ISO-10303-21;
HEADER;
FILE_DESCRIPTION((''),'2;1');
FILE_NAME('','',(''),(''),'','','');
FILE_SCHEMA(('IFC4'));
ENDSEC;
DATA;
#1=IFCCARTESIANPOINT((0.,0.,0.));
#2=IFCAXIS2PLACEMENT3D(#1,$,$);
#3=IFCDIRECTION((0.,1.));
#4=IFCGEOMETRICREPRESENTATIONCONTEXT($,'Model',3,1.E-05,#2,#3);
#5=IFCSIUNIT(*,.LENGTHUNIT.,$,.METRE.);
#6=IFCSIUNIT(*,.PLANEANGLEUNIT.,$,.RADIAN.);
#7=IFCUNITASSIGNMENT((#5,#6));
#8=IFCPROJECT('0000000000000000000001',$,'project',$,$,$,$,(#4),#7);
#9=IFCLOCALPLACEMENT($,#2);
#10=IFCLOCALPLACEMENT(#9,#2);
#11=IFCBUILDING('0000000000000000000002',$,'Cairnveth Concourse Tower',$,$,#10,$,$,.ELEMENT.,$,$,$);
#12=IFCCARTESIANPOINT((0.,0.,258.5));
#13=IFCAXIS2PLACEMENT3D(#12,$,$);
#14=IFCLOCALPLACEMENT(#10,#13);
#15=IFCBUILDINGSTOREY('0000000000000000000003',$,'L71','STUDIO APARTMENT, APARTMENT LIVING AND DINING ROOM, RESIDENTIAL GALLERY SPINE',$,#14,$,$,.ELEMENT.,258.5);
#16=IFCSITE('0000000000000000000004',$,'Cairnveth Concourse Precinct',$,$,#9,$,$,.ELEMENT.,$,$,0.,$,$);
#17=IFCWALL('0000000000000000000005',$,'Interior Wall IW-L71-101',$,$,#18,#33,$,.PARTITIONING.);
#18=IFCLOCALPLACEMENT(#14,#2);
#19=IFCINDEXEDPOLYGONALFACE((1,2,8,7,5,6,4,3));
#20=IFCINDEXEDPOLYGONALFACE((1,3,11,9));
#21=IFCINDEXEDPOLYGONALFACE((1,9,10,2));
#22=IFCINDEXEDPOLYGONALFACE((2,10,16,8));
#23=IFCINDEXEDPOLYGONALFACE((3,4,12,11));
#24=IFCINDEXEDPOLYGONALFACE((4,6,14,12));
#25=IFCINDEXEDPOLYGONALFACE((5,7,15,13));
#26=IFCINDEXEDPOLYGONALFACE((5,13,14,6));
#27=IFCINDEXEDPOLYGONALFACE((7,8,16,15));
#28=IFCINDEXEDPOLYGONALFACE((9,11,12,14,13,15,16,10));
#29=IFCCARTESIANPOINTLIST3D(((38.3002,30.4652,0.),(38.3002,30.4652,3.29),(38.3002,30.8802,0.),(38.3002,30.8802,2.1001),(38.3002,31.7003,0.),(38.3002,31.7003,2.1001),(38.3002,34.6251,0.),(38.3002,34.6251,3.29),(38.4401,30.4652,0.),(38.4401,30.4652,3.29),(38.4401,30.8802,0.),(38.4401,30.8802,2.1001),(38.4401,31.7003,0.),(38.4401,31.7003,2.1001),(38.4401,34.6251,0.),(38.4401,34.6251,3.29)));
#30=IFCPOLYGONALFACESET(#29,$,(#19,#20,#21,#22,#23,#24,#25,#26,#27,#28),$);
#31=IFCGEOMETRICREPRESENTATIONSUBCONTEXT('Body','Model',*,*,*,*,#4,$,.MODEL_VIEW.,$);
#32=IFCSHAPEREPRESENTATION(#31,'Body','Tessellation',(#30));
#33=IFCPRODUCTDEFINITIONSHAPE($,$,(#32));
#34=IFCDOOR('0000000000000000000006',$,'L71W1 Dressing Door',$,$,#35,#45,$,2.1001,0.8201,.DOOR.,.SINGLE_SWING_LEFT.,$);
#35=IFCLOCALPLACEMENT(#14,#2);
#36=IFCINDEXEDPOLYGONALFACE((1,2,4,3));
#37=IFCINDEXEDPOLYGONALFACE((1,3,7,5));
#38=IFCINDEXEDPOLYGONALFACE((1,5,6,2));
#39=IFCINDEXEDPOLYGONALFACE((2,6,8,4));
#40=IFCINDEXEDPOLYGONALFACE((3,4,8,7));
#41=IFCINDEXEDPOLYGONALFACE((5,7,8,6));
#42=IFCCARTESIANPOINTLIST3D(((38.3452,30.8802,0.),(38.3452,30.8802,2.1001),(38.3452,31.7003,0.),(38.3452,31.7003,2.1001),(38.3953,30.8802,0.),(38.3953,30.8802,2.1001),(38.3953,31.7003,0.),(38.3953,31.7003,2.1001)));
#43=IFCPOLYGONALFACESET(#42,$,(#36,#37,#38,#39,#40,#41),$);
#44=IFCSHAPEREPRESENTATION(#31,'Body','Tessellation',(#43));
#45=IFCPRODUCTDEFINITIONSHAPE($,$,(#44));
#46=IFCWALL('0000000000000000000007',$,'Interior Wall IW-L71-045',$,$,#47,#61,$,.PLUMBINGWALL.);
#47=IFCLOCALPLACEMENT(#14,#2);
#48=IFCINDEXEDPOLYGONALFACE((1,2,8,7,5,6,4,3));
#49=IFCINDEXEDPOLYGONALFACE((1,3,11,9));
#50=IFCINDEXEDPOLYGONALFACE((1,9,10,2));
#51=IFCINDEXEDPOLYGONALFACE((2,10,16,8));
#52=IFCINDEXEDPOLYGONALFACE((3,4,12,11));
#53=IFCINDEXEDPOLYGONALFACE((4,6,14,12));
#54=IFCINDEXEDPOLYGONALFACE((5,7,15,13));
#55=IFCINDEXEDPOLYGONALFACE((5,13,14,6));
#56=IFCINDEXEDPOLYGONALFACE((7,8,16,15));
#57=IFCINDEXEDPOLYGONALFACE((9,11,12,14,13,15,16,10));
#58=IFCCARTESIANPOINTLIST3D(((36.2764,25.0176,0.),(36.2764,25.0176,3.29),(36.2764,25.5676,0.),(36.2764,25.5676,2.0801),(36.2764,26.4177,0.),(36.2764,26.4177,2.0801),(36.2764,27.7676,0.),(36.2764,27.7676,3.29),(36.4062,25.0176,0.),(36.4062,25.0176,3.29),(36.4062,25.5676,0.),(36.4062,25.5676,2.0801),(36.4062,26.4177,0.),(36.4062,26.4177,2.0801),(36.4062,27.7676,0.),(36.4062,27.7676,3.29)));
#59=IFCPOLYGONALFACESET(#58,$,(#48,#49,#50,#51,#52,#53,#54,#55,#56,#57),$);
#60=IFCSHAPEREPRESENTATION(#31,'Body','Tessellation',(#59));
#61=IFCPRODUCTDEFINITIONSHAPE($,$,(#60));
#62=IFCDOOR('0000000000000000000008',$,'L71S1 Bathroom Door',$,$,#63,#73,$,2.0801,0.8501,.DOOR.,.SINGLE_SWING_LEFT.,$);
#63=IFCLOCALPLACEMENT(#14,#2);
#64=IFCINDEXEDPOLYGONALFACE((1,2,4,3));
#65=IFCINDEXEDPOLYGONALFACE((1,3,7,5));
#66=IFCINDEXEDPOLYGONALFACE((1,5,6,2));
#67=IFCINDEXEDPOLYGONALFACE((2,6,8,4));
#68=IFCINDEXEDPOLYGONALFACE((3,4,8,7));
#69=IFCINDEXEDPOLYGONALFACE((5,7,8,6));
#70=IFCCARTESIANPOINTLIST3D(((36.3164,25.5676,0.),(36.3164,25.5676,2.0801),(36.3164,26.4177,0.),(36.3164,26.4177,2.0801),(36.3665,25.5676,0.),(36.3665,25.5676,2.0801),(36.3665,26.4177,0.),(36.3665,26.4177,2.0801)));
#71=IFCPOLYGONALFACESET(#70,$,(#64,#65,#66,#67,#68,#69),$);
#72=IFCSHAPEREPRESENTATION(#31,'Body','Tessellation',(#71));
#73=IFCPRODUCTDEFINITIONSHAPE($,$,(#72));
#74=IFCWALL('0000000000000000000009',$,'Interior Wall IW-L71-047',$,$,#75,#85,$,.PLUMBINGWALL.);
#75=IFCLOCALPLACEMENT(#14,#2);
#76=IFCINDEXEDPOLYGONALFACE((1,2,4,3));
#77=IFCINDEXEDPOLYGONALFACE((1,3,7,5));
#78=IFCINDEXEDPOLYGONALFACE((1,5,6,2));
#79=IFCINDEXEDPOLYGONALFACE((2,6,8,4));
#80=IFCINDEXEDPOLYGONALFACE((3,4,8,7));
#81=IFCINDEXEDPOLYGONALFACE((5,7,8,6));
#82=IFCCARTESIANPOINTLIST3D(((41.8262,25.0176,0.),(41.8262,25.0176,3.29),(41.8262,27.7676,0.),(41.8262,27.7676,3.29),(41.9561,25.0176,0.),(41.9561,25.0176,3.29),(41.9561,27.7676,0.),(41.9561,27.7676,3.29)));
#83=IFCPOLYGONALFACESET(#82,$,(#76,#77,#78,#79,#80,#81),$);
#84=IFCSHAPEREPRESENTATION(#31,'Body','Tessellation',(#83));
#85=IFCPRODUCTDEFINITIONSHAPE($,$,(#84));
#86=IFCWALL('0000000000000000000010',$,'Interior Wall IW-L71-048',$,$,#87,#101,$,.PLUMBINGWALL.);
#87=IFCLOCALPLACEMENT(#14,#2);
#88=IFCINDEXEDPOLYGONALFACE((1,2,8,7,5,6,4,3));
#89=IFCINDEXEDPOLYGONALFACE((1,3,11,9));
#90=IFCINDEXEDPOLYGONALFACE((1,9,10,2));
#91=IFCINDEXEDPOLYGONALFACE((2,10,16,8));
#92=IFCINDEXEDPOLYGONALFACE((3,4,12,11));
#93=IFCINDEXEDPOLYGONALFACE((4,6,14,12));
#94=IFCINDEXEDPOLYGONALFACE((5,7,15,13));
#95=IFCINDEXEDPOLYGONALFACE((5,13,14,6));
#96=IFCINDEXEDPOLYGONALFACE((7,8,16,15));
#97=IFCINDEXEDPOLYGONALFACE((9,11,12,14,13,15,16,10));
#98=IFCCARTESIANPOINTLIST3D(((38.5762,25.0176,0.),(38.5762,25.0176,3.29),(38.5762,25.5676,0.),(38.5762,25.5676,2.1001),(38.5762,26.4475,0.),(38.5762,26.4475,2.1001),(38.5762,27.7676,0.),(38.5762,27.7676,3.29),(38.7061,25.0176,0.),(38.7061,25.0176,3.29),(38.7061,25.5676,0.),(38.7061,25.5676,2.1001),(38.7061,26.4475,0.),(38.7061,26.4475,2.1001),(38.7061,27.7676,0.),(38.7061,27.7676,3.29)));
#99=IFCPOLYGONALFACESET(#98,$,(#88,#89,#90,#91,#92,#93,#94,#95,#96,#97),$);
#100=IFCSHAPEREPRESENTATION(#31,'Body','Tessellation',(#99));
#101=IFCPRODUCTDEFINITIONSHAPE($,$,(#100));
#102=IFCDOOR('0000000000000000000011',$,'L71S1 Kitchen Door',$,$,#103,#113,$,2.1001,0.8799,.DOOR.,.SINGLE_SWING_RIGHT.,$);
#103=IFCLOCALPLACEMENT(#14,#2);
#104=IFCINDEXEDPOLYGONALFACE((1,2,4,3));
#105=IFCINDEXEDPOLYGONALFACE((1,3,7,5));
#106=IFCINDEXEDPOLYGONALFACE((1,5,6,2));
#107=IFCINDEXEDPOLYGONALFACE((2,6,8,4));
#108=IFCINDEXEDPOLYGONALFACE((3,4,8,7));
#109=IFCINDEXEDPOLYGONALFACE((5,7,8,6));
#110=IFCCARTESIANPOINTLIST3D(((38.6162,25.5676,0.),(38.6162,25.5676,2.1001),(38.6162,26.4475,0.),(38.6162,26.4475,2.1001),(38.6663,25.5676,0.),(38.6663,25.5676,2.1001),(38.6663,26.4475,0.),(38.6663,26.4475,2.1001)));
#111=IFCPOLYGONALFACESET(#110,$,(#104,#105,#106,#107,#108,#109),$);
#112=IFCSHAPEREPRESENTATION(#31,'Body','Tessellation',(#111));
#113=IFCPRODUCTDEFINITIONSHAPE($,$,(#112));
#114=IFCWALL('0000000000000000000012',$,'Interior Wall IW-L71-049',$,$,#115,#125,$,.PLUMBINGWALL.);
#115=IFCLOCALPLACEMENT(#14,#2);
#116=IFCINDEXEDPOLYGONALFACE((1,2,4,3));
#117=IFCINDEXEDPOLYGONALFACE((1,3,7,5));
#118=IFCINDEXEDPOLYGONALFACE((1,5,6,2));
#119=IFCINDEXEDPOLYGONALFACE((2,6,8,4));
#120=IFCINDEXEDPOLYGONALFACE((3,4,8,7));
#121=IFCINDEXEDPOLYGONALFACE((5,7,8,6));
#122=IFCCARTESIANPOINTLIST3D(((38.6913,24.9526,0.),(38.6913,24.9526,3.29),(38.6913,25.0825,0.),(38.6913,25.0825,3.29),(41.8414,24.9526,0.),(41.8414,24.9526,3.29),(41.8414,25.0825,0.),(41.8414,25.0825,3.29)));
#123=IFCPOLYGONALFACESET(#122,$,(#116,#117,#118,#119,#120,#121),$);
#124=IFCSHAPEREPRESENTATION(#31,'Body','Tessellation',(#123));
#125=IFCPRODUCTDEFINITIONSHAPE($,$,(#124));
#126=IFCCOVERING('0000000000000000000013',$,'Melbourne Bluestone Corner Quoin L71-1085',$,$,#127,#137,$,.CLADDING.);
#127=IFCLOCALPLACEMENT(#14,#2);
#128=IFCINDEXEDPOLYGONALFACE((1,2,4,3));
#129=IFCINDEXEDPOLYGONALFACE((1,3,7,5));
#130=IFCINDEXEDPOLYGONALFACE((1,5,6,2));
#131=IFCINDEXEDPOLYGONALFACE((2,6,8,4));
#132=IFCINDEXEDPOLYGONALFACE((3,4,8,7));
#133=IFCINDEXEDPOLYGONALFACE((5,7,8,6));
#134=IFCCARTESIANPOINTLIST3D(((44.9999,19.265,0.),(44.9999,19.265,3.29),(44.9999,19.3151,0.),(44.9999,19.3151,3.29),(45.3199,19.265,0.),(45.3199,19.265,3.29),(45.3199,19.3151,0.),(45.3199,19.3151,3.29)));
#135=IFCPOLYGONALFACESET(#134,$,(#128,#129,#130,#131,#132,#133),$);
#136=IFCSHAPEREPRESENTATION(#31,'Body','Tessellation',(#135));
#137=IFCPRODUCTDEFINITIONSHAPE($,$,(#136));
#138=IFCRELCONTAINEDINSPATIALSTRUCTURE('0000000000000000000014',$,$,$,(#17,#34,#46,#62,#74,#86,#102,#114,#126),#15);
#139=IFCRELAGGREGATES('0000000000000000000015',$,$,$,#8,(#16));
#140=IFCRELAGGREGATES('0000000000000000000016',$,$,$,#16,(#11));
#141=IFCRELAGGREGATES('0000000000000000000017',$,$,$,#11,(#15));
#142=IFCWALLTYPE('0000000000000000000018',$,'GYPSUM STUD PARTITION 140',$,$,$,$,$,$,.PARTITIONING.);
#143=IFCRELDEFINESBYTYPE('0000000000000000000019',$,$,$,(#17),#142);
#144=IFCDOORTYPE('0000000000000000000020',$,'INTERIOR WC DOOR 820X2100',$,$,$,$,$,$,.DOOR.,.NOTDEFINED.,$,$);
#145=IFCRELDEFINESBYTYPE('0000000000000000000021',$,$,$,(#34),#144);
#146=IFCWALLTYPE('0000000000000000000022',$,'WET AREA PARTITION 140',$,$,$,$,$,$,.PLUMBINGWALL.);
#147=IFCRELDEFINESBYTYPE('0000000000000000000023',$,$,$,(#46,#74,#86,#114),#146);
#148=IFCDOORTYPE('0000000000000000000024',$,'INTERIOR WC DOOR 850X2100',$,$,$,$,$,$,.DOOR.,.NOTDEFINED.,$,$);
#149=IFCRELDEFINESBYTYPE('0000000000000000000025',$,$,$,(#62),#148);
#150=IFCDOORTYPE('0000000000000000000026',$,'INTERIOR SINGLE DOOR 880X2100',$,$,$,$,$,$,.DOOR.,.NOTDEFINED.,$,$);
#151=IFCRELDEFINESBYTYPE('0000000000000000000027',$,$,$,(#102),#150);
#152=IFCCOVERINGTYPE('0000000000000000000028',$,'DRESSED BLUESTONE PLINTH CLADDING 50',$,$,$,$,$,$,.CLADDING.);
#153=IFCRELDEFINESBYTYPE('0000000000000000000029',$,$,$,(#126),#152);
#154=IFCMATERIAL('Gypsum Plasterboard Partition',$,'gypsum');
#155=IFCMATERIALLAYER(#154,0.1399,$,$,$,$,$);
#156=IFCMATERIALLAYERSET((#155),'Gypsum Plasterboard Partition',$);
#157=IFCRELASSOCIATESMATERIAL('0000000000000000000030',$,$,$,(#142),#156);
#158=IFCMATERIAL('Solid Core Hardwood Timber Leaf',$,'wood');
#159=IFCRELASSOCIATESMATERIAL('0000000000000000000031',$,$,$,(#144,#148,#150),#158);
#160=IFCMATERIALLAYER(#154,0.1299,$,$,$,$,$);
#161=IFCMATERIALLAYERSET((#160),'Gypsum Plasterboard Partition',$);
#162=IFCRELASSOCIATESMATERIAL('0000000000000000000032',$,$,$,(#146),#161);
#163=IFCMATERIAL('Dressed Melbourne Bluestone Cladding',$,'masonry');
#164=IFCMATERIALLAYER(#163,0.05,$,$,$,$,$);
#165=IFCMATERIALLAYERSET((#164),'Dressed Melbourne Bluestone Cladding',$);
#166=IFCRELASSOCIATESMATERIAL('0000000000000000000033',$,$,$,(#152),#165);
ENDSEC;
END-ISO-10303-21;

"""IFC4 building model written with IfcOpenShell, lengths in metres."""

from ifc_helpers import new_model, si_unit, direction, frame, frame_2d, origin, place, context, subcontext, project, spatial, rectangle, extrude, material, layer, layer_set, type_object, element, fill, save


model = new_model("IFC4")

# Units and contexts
model_context = context("Model", 3, precision=1e-05, world=origin(), true_north=direction((0.0, 1.0)))
body_context = subcontext(model_context, "Body", "Model", "MODEL_VIEW")
ifc_project = project(units=[si_unit("LENGTHUNIT", "METRE"), si_unit("PLANEANGLEUNIT", "RADIAN")], contexts=[model_context])

# Site, building, storey
site_placement = place(None, origin())
site = spatial("IfcSite", under=ifc_project, at=site_placement, Name="Cairnveth Concourse Precinct", CompositionType="ELEMENT", RefElevation=0.0)
building_placement = place(site_placement, origin())
building = spatial("IfcBuilding", under=site, at=building_placement, Name="Cairnveth Concourse Tower", CompositionType="ELEMENT")
storey_placement = place(building_placement, frame((0.0, 0.0, 258.5)))
storey = spatial("IfcBuildingStorey", under=building, at=storey_placement, Name="L71", Description="STUDIO APARTMENT, APARTMENT LIVING AND DINING ROOM, RESIDENTIAL GALLERY SPINE", CompositionType="ELEMENT", Elevation=258.5)

# Shared definitions
ifc_material_1 = material(Name="Gypsum Plasterboard Partition", Category="gypsum")

# Shared definitions
ifc_material_2 = material(Name="Solid Core Hardwood Timber Leaf", Category="wood")

# Walls, openings, doors
ifc_layer_1 = layer(ifc_material_1, 0.1399)
ifc_layer_set_1 = layer_set([ifc_layer_1], Name="Gypsum Plasterboard Partition")
wall_type_1 = type_object("IfcWallType", Name="GYPSUM STUD PARTITION 140", PredefinedType="PARTITIONING", material=ifc_layer_set_1)
door_type_1 = type_object("IfcDoorType", Name="INTERIOR WC DOOR 820X2100", OperationType="NOTDEFINED", PredefinedType="DOOR", material=ifc_material_2)
wall_1_placement = place(storey_placement, frame((38.3701, 30.4651, 0.0), z_axis=(0.0, 0.0, 1.0), x_axis=(0.0, 1.0, 0.0)))
wall_1 = element("IfcWall", 1, at=wall_1_placement, inside=storey, type_object=wall_type_1, Name="Interior Wall IW-L71-101", PredefinedType="PARTITIONING", context=body_context, shape_type="SweptSolid", body=[
    extrude(rectangle(XDim=4.1599, YDim=0.1399, at=frame_2d((2.0801, 0.0))), origin(), (0.0, 0.0, 1.0), 3.29),
])
opening_1_placement = place(wall_1_placement, frame((0.415, 0.0, 0.0)))
opening_1 = element("IfcOpeningElement", 2, at=opening_1_placement, cuts=wall_1, PredefinedType="OPENING", context=body_context, shape_type="SweptSolid", body=[
    extrude(rectangle(XDim=0.8201, YDim=2.1001, at=frame_2d((0.4102, 1.05))), frame((0.0, 0.0798, 0.0), z_axis=(0.0, -1.0, 0.0), x_axis=(1.0, 0.0, 0.0)), (0.0, 0.0, 1.0), 0.1599),
])
door_1_placement = place(opening_1_placement, origin())
door_1 = element("IfcDoor", 3, at=door_1_placement, inside=storey, type_object=door_type_1, Name="L71W1 Dressing Door", OperationType="SINGLE_SWING_LEFT", OverallHeight=2.1001, OverallWidth=0.8201, PredefinedType="DOOR", context=body_context, shape_type="SweptSolid", body=[
    extrude(rectangle(XDim=0.8201, YDim=2.1001, at=frame_2d((0.4102, 1.05))), frame((0.0, 0.0249, 0.0), z_axis=(0.0, -1.0, 0.0), x_axis=(1.0, 0.0, 0.0)), (0.0, 0.0, 1.0), 0.05),
])
fill(opening_1, door_1)
ifc_layer_2 = layer(ifc_material_1, 0.1299)
ifc_layer_set_2 = layer_set([ifc_layer_2], Name="Gypsum Plasterboard Partition")
wall_type_2 = type_object("IfcWallType", Name="WET AREA PARTITION 140", PredefinedType="PLUMBINGWALL", material=ifc_layer_set_2)
wall_2_placement = place(storey_placement, frame((36.3413, 25.0176, 0.0), z_axis=(0.0, 0.0, 1.0), x_axis=(0.0, 1.0, 0.0)))
wall_2 = element("IfcWall", 4, at=wall_2_placement, inside=storey, type_object=wall_type_2, Name="Interior Wall IW-L71-045", PredefinedType="PLUMBINGWALL", context=body_context, shape_type="SweptSolid", body=[
    extrude(rectangle(XDim=2.75, YDim=0.1299, at=frame_2d((1.375, 0.0))), origin(), (0.0, 0.0, 1.0), 3.29),
])
opening_2_placement = place(wall_2_placement, frame((0.55, 0.0, 0.0)))
opening_2 = element("IfcOpeningElement", 5, at=opening_2_placement, cuts=wall_2, PredefinedType="OPENING", context=body_context, shape_type="SweptSolid", body=[
    extrude(rectangle(XDim=0.8501, YDim=2.0801, at=frame_2d((0.425, 1.04))), frame((0.0, 0.075, 0.0), z_axis=(0.0, -1.0, 0.0), x_axis=(1.0, 0.0, 0.0)), (0.0, 0.0, 1.0), 0.1499),
])
door_type_2 = type_object("IfcDoorType", Name="INTERIOR WC DOOR 850X2100", OperationType="NOTDEFINED", PredefinedType="DOOR", material=ifc_material_2)
door_2_placement = place(opening_2_placement, origin())
door_2 = element("IfcDoor", 6, at=door_2_placement, inside=storey, type_object=door_type_2, Name="L71S1 Bathroom Door", OperationType="SINGLE_SWING_LEFT", OverallHeight=2.0801, OverallWidth=0.8501, PredefinedType="DOOR", context=body_context, shape_type="SweptSolid", body=[
    extrude(rectangle(XDim=0.8501, YDim=2.0801, at=frame_2d((0.425, 1.04))), frame((0.0, 0.0249, 0.0), z_axis=(0.0, -1.0, 0.0), x_axis=(1.0, 0.0, 0.0)), (0.0, 0.0, 1.0), 0.05),
])
fill(opening_2, door_2)

# Wall
wall_3_placement = place(storey_placement, frame((41.8911, 25.0176, 0.0), z_axis=(0.0, 0.0, 1.0), x_axis=(0.0, 1.0, 0.0)))
element("IfcWall", 7, at=wall_3_placement, inside=storey, type_object=wall_type_2, Name="Interior Wall IW-L71-047", PredefinedType="PLUMBINGWALL", context=body_context, shape_type="SweptSolid", body=[
    extrude(rectangle(XDim=2.75, YDim=0.1299, at=frame_2d((1.375, 0.0))), origin(), (0.0, 0.0, 1.0), 3.29),
])

# Wall, opening, door
wall_4_placement = place(storey_placement, frame((38.6411, 25.0176, 0.0), z_axis=(0.0, 0.0, 1.0), x_axis=(0.0, 1.0, 0.0)))
wall_4 = element("IfcWall", 8, at=wall_4_placement, inside=storey, type_object=wall_type_2, Name="Interior Wall IW-L71-048", PredefinedType="PLUMBINGWALL", context=body_context, shape_type="SweptSolid", body=[
    extrude(rectangle(XDim=2.75, YDim=0.1299, at=frame_2d((1.375, 0.0))), origin(), (0.0, 0.0, 1.0), 3.29),
])
opening_3_placement = place(wall_4_placement, frame((0.55, 0.0, 0.0)))
opening_3 = element("IfcOpeningElement", 9, at=opening_3_placement, cuts=wall_4, PredefinedType="OPENING", context=body_context, shape_type="SweptSolid", body=[
    extrude(rectangle(XDim=0.8799, YDim=2.1001, at=frame_2d((0.4399, 1.05))), frame((0.0, 0.075, 0.0), z_axis=(0.0, -1.0, 0.0), x_axis=(1.0, 0.0, 0.0)), (0.0, 0.0, 1.0), 0.1499),
])
door_type_3 = type_object("IfcDoorType", Name="INTERIOR SINGLE DOOR 880X2100", OperationType="NOTDEFINED", PredefinedType="DOOR", material=ifc_material_2)
door_3_placement = place(opening_3_placement, origin())
door_3 = element("IfcDoor", 10, at=door_3_placement, inside=storey, type_object=door_type_3, Name="L71S1 Kitchen Door", OperationType="SINGLE_SWING_RIGHT", OverallHeight=2.1001, OverallWidth=0.8799, PredefinedType="DOOR", context=body_context, shape_type="SweptSolid", body=[
    extrude(rectangle(XDim=0.8799, YDim=2.1001, at=frame_2d((0.4399, 1.05))), frame((0.0, 0.0249, 0.0), z_axis=(0.0, -1.0, 0.0), x_axis=(1.0, 0.0, 0.0)), (0.0, 0.0, 1.0), 0.05),
])
fill(opening_3, door_3)

# Wall
wall_5_placement = place(storey_placement, frame((38.6912, 25.0176, 0.0), z_axis=(0.0, 0.0, 1.0), x_axis=(1.0, 0.0, 0.0)))
element("IfcWall", 11, at=wall_5_placement, inside=storey, type_object=wall_type_2, Name="Interior Wall IW-L71-049", PredefinedType="PLUMBINGWALL", context=body_context, shape_type="SweptSolid", body=[
    extrude(rectangle(XDim=3.1501, YDim=0.1299, at=frame_2d((1.5752, 0.0))), origin(), (0.0, 0.0, 1.0), 3.29),
])

# Covering
ifc_material_3 = material(Name="Dressed Melbourne Bluestone Cladding", Category="masonry")
ifc_layer_3 = layer(ifc_material_3, 0.05)
ifc_layer_set_3 = layer_set([ifc_layer_3], Name="Dressed Melbourne Bluestone Cladding")
covering_type = type_object("IfcCoveringType", Name="DRESSED BLUESTONE PLINTH CLADDING 50", PredefinedType="CLADDING", material=ifc_layer_set_3)
covering_placement = place(storey_placement, frame((45.3201, 19.29, 0.0), z_axis=(0.0, 0.0, 1.0), x_axis=(-1.0, 0.0, 0.0)))
element("IfcCovering", 12, at=covering_placement, inside=storey, type_object=covering_type, Name="Melbourne Bluestone Corner Quoin L71-1085", PredefinedType="CLADDING", context=body_context, shape_type="SweptSolid", body=[
    extrude(rectangle(XDim=0.3201, YDim=0.05, at=frame_2d((0.1602, 0.0))), origin(), (0.0, 0.0, 1.0), 3.29),
])

save(model, "model.ifc")
